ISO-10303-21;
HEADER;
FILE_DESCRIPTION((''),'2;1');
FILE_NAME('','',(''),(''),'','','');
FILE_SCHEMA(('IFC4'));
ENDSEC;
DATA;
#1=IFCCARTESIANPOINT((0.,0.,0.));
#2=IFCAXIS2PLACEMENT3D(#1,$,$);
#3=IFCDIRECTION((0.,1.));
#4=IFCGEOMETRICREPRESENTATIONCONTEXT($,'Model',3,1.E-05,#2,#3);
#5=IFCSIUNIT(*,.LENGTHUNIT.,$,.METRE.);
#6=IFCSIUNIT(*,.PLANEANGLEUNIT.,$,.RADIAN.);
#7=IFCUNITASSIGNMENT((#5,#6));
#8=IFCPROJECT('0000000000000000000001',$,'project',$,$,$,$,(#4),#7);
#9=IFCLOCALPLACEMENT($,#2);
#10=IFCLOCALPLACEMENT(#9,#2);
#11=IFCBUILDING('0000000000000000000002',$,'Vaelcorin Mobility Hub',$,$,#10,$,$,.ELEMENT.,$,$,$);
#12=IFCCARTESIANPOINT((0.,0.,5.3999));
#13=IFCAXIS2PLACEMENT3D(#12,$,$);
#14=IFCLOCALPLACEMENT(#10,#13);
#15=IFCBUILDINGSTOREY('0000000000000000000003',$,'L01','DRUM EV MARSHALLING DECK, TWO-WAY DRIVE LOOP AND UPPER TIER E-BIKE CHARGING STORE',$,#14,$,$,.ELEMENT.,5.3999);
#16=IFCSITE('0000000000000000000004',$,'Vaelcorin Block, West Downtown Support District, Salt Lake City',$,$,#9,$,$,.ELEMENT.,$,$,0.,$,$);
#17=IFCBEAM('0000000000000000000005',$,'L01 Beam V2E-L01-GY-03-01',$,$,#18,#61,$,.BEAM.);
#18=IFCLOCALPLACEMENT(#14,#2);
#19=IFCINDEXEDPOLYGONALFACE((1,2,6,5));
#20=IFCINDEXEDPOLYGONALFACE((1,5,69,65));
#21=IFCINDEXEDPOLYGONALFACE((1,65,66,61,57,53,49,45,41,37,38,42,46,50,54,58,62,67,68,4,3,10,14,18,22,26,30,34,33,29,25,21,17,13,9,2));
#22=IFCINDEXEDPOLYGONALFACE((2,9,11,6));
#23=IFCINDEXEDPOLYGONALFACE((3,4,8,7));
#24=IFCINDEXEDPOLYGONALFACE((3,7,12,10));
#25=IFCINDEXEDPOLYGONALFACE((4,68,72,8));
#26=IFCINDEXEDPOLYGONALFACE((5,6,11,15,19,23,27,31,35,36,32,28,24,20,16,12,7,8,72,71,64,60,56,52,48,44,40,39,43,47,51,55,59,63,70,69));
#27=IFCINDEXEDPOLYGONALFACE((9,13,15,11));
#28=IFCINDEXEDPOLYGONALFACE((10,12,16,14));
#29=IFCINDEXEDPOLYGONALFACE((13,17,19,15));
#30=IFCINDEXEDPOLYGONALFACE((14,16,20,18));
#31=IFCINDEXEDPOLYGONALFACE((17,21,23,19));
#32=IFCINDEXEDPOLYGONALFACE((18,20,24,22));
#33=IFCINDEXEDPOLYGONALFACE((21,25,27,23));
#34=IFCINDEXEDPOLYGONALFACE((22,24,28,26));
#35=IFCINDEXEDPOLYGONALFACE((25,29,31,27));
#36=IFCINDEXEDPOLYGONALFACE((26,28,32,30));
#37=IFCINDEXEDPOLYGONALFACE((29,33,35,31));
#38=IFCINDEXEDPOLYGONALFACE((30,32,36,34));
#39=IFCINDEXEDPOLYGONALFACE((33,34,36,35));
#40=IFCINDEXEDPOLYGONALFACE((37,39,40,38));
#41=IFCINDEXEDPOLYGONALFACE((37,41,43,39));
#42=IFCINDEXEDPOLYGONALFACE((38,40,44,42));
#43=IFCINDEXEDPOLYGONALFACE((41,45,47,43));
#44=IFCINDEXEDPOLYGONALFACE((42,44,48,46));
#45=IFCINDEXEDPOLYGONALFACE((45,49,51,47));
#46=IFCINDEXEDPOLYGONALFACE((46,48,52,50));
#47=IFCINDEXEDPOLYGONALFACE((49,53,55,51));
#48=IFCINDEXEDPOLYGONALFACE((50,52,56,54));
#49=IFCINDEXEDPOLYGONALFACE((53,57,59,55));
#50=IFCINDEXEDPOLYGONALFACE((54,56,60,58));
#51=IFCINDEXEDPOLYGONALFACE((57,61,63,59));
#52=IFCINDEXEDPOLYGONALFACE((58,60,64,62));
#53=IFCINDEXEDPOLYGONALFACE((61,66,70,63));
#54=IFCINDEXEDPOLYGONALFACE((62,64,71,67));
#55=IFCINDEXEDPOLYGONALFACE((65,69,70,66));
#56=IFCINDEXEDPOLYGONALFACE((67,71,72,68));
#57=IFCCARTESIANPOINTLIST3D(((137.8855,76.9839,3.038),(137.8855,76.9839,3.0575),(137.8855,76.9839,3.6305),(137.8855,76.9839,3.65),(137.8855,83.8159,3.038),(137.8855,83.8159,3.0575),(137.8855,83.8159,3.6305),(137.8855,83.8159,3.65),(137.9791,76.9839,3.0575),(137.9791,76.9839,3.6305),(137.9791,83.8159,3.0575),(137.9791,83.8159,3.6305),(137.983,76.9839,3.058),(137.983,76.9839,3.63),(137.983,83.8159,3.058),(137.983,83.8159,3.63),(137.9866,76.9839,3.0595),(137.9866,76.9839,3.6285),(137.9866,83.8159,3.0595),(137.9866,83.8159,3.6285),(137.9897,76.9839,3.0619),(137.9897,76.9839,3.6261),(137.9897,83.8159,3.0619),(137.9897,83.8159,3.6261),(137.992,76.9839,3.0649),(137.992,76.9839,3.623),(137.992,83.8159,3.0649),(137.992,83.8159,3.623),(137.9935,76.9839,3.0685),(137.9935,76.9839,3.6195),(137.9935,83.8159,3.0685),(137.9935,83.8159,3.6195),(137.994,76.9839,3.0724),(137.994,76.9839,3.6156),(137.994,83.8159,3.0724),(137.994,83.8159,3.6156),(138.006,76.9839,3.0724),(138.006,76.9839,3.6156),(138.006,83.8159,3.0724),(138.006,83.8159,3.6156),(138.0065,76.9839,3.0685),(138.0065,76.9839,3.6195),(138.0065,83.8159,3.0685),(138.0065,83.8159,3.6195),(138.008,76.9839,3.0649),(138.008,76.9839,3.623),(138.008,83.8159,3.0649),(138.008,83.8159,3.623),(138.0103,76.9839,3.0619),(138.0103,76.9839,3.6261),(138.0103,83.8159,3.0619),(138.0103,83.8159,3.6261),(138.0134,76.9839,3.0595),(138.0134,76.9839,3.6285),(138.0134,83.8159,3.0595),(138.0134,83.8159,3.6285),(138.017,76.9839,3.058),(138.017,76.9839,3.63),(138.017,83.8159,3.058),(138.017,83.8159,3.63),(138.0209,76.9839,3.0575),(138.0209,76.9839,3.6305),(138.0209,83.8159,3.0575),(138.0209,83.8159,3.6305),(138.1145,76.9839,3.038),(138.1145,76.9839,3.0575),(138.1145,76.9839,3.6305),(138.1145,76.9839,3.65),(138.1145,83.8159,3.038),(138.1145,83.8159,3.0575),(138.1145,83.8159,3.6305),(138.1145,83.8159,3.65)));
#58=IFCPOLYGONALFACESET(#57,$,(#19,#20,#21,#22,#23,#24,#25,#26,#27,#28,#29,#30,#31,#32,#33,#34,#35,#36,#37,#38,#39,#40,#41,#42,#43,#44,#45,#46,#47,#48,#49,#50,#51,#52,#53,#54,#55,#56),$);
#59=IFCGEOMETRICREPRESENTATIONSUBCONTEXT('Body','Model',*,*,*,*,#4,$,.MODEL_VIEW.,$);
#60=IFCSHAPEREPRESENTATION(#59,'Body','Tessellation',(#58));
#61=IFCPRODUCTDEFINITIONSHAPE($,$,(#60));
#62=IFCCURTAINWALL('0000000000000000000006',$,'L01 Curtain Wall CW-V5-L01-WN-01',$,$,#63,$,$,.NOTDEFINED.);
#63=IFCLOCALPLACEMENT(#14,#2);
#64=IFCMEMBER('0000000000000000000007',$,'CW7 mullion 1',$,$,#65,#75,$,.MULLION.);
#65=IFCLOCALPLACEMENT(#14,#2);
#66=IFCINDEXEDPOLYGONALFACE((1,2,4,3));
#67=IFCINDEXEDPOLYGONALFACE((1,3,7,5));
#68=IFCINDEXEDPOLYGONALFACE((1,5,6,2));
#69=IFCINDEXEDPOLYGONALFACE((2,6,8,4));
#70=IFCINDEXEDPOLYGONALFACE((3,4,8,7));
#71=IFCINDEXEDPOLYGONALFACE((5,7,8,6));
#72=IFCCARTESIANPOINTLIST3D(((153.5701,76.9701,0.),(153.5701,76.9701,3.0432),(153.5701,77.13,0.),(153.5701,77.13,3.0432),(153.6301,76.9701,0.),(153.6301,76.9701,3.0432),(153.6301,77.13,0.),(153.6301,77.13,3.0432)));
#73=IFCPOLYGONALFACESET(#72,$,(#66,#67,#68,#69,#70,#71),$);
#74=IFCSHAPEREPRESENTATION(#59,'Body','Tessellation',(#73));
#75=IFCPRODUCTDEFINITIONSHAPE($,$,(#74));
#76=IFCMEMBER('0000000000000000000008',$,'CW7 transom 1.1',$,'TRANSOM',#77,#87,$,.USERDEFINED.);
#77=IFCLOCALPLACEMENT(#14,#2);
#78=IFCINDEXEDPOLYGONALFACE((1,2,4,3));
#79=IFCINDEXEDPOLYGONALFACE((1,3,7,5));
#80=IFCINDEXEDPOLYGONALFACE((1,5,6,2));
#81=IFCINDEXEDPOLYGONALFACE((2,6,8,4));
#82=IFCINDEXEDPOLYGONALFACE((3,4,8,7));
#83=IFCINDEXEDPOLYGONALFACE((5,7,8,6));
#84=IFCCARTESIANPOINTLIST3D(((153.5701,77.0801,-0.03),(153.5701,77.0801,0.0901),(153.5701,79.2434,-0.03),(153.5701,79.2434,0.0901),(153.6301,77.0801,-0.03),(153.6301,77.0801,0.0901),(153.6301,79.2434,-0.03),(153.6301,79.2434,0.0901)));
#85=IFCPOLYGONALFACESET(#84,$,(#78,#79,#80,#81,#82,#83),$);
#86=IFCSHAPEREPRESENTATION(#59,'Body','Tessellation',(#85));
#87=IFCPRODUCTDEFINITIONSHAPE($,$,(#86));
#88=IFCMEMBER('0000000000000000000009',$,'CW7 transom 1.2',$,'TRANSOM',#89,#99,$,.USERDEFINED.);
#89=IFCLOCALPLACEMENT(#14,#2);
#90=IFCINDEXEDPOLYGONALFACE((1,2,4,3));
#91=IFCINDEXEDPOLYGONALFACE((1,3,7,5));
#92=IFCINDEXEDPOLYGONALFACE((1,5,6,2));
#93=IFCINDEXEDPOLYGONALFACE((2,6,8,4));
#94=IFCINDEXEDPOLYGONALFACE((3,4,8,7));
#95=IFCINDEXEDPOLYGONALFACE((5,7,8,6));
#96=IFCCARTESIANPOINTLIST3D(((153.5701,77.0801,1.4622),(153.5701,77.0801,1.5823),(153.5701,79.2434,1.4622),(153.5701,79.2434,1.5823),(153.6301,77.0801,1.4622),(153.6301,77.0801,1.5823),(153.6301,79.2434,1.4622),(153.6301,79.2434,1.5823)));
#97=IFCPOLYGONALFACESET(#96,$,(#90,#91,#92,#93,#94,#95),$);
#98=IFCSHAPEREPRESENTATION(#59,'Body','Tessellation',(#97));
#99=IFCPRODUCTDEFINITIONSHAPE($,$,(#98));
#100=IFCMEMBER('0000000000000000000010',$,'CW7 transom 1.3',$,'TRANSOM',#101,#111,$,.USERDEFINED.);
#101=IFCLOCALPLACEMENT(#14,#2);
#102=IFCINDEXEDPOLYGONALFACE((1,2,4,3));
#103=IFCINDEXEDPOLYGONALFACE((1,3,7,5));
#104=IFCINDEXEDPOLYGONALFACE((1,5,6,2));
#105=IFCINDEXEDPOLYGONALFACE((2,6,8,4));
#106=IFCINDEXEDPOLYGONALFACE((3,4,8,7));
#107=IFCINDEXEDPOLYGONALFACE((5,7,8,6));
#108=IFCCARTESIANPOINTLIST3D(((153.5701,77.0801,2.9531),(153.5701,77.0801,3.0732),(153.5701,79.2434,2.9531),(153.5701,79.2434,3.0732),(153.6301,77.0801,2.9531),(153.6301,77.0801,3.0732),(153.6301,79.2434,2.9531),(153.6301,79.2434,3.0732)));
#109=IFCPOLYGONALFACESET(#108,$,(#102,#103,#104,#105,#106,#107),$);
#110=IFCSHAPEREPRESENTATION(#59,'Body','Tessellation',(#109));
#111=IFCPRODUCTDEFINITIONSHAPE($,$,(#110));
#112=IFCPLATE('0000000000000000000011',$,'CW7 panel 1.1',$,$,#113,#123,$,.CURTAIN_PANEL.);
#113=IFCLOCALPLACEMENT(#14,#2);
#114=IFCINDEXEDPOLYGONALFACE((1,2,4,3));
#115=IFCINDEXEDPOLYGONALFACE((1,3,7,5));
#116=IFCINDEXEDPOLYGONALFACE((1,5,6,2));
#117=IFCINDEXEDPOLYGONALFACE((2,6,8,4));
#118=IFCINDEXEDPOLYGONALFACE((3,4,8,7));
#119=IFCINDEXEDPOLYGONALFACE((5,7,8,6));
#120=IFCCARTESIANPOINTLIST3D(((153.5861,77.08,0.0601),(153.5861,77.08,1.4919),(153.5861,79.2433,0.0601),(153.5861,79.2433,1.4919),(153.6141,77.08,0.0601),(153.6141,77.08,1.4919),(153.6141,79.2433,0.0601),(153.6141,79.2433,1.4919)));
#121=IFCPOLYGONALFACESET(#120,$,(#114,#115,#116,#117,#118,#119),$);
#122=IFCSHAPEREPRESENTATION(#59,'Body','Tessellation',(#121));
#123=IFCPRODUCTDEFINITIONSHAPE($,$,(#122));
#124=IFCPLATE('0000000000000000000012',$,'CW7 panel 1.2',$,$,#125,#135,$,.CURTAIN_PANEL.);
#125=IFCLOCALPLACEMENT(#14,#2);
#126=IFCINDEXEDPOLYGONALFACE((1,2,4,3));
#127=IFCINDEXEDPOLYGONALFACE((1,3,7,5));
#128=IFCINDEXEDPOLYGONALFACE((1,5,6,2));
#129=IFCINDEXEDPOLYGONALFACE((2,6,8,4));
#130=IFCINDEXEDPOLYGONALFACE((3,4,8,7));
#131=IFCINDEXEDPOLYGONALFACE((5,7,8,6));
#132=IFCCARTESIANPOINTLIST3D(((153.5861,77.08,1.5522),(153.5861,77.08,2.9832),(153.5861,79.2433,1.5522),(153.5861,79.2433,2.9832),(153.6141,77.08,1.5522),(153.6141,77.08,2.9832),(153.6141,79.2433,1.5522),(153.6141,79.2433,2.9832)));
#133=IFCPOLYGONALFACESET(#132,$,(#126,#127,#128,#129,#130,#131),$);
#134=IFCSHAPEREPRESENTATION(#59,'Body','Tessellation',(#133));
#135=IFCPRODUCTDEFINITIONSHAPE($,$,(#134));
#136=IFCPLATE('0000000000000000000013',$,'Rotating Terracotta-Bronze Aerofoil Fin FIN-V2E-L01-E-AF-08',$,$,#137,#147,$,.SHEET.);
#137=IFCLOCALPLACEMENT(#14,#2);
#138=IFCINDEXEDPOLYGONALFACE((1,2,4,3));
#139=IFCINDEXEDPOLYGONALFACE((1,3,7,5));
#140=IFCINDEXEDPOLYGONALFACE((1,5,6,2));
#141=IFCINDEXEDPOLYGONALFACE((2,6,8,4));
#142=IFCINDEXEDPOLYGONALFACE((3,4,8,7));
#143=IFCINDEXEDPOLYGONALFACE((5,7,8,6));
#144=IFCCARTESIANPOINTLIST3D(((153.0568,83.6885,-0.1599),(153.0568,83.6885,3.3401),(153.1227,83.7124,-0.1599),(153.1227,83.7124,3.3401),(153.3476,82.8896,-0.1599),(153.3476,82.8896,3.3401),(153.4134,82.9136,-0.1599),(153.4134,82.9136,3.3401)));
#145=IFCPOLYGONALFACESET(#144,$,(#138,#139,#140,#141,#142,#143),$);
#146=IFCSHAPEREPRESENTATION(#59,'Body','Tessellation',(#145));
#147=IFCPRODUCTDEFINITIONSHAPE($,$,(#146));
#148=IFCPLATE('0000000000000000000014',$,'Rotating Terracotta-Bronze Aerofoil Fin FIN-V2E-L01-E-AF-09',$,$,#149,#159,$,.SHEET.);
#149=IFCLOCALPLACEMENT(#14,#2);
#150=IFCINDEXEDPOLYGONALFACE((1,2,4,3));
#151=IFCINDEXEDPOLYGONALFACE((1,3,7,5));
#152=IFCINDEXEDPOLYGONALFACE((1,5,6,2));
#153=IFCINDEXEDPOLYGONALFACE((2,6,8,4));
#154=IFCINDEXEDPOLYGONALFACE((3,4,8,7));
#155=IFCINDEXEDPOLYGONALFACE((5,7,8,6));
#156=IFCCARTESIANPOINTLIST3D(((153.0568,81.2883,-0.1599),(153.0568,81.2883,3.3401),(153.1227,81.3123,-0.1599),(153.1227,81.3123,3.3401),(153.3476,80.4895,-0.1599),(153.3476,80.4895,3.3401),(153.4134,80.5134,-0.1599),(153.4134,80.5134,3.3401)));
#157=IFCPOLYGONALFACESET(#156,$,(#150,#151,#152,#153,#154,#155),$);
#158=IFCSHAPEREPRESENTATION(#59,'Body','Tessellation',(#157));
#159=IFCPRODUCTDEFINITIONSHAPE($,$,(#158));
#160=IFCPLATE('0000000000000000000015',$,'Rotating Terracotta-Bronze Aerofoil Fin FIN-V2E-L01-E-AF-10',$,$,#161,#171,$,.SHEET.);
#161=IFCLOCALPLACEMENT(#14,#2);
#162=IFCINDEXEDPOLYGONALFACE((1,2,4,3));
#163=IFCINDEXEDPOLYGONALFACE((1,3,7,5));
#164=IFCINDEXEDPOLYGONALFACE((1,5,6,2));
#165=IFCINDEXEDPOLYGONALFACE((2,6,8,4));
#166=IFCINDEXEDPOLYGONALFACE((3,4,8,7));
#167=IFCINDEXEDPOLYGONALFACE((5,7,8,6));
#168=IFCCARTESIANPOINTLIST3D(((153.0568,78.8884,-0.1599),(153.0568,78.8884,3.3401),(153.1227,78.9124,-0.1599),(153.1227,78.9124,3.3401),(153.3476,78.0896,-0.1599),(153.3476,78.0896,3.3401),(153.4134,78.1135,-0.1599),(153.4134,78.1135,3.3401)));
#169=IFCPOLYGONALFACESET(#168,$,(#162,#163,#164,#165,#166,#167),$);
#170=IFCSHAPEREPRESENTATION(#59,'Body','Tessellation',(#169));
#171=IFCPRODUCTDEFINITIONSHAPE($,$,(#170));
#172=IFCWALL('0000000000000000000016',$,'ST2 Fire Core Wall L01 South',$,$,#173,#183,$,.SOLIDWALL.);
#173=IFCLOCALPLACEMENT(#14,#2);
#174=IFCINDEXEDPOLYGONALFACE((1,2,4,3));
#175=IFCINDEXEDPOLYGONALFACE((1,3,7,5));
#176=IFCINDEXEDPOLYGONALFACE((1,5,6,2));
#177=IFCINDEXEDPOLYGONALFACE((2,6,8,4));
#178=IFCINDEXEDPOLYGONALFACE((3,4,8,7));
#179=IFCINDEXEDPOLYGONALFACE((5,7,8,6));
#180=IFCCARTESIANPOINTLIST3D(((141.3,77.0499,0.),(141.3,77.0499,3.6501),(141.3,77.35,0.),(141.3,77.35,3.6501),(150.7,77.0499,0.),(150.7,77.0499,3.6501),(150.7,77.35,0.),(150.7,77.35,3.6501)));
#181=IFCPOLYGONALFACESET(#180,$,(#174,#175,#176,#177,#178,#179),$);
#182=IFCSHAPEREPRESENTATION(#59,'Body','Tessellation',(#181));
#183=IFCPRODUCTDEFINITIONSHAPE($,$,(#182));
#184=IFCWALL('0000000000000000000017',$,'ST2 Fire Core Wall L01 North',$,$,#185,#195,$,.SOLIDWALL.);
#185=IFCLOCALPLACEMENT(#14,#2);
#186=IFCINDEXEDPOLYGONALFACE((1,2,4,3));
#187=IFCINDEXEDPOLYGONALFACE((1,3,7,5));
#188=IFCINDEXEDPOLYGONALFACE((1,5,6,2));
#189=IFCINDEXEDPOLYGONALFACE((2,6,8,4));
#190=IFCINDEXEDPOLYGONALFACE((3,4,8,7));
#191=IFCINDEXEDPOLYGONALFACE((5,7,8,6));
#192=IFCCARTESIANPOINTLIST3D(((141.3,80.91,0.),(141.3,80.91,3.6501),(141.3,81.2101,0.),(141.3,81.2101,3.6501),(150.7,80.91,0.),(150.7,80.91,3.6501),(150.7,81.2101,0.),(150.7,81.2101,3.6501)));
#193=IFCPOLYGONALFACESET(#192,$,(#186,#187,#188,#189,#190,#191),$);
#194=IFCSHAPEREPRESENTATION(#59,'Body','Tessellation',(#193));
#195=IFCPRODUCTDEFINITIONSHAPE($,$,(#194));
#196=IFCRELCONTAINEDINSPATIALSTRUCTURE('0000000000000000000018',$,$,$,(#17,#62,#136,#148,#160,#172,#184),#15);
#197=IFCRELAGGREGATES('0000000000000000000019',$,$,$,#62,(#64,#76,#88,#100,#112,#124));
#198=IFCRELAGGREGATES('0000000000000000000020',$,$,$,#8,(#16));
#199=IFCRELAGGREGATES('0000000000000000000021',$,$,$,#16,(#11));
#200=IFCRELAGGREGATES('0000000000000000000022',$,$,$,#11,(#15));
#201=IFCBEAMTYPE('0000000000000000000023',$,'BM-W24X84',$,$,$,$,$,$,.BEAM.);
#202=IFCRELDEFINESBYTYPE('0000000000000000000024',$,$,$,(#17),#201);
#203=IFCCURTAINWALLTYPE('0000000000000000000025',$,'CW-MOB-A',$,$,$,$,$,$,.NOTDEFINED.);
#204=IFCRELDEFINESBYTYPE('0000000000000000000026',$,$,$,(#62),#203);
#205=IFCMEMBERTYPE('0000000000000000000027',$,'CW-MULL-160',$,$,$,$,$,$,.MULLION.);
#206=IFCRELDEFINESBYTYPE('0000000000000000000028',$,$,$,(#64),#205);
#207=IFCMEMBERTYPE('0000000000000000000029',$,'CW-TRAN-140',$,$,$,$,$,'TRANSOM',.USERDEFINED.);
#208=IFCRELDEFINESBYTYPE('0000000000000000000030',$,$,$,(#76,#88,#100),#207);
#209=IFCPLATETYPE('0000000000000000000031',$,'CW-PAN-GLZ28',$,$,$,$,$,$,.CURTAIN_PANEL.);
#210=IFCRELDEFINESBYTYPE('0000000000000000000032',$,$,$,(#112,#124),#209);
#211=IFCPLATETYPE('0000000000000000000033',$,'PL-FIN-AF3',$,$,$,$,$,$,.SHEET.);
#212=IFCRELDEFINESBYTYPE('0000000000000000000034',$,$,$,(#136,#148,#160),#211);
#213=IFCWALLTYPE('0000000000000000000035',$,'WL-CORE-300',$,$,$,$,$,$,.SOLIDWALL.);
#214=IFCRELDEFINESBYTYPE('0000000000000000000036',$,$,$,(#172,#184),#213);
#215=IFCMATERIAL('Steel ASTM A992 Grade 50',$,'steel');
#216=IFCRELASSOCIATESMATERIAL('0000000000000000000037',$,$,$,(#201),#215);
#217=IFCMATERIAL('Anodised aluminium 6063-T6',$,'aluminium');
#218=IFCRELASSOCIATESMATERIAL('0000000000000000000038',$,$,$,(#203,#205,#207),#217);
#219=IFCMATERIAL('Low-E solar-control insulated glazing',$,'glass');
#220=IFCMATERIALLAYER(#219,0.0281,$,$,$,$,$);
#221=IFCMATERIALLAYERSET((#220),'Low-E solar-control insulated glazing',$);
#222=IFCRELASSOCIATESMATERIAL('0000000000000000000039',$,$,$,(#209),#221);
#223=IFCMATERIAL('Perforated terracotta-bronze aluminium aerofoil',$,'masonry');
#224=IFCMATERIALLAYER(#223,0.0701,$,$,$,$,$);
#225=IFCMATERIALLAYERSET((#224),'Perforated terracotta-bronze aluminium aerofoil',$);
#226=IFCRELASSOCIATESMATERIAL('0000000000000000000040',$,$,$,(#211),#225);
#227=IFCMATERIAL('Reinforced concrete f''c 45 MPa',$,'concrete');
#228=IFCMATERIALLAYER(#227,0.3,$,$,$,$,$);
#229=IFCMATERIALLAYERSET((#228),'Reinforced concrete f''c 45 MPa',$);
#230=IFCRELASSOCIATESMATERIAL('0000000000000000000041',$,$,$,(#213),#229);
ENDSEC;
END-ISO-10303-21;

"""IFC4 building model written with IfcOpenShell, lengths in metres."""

from ifc_helpers import new_model, si_unit, direction, frame, frame_2d, origin, origin_2d, place, context, subcontext, project, spatial, rectangle, i_section, extrude, material, layer, layer_set, material_profile, profile_set, type_object, element, aggregate, save


model = new_model("IFC4")

# Units and contexts
model_context = context("Model", 3, precision=1e-05, world=origin(), true_north=direction((0.0, 1.0)))
body_context = subcontext(model_context, "Body", "Model", "MODEL_VIEW")
ifc_project = project(units=[si_unit("LENGTHUNIT", "METRE"), si_unit("PLANEANGLEUNIT", "RADIAN")], contexts=[model_context])

# Site, building, storey
site_placement = place(None, origin())
site = spatial("IfcSite", under=ifc_project, at=site_placement, Name="Vaelcorin Block, West Downtown Support District, Salt Lake City", CompositionType="ELEMENT", RefElevation=0.0)
building_placement = place(site_placement, origin())
building = spatial("IfcBuilding", under=site, at=building_placement, Name="Vaelcorin Mobility Hub", CompositionType="ELEMENT")
storey_placement = place(building_placement, frame((0.0, 0.0, 5.3999)))
storey = spatial("IfcBuildingStorey", under=building, at=storey_placement, Name="L01", Description="DRUM EV MARSHALLING DECK, TWO-WAY DRIVE LOOP AND UPPER TIER E-BIKE CHARGING STORE", CompositionType="ELEMENT", Elevation=5.3999)

# Shared definitions
ifc_material_1 = material(Name="Steel ASTM A992 Grade 50", Category="steel")

# Beam
ifc_material_profile_1 = material_profile(ifc_material_1, i_section(OverallWidth=0.229, OverallDepth=0.6121, WebThickness=0.012, FlangeThickness=0.0195, FilletRadius=0.0149, at=origin_2d()), Name="W24X84")
ifc_profile_set_1 = profile_set([ifc_material_profile_1], Name="Steel ASTM A992 Grade 50")
beam_type_1 = type_object("IfcBeamType", Name="BM-W24X84", PredefinedType="BEAM", material=ifc_profile_set_1)
beam_1_placement = place(storey_placement, frame((138.0, 76.9839, 3.344), z_axis=(0.0, 1.0, 0.0), x_axis=(-1.0, 0.0, 0.0)))
element("IfcBeam", 1, at=beam_1_placement, inside=storey, type_object=beam_type_1, Name="L01 Beam V2E-L01-GY-03-01", PredefinedType="BEAM", context=body_context, shape_type="SweptSolid", body=[
    extrude(i_section(OverallWidth=0.229, OverallDepth=0.6121, WebThickness=0.012, FlangeThickness=0.0195, FilletRadius=0.0149, at=origin_2d()), origin(), (0.0, 0.0, 1.0), 6.832),
])

# Curtain wall, members, plates
ifc_material_2 = material(Name="Anodised aluminium 6063-T6", Category="aluminium")
curtain_wall_type = type_object("IfcCurtainWallType", Name="CW-MOB-A", PredefinedType="NOTDEFINED", material=ifc_material_2)
curtain_wall_placement = place(storey_placement, origin())
curtain_wall = element("IfcCurtainWall", 2, at=curtain_wall_placement, inside=storey, type_object=curtain_wall_type, Name="L01 Curtain Wall CW-V5-L01-WN-01", PredefinedType="NOTDEFINED")
ifc_material_profile_2 = material_profile(ifc_material_2, rectangle(XDim=0.0601, YDim=0.1599, at=origin_2d()), Name="ALU-M60X160")
ifc_profile_set_2 = profile_set([ifc_material_profile_2], Name="Anodised aluminium 6063-T6")
member_type_1 = type_object("IfcMemberType", Name="CW-MULL-160", PredefinedType="MULLION", material=ifc_profile_set_2)
member_1_placement = place(storey_placement, frame((153.6001, 77.05, 0.0), z_axis=(0.0, 0.0, 1.0), x_axis=(-1.0, 0.0, 0.0)))
member_1 = element("IfcMember", 3, at=member_1_placement, type_object=member_type_1, Name="CW7 mullion 1", PredefinedType="MULLION", context=body_context, shape_type="SweptSolid", body=[
    extrude(rectangle(XDim=0.0601, YDim=0.1599, at=origin_2d()), origin(), (0.0, 0.0, 1.0), 3.0432),
])
ifc_material_profile_3 = material_profile(ifc_material_2, rectangle(XDim=0.0601, YDim=0.1201, at=origin_2d()), Name="ALU-T60X120")
ifc_profile_set_3 = profile_set([ifc_material_profile_3], Name="Anodised aluminium 6063-T6")
member_type_2 = type_object("IfcMemberType", Name="CW-TRAN-140", ElementType="TRANSOM", PredefinedType="USERDEFINED", material=ifc_profile_set_3)
member_2_placement = place(storey_placement, frame((153.6001, 77.0801, 0.03), z_axis=(0.0, 1.0, 0.0), x_axis=(-1.0, 0.0, 0.0)))
member_2 = element("IfcMember", 4, at=member_2_placement, type_object=member_type_2, Name="CW7 transom 1.1", ObjectType="TRANSOM", PredefinedType="USERDEFINED", context=body_context, shape_type="SweptSolid", body=[
    extrude(rectangle(XDim=0.0601, YDim=0.1201, at=origin_2d()), origin(), (0.0, 0.0, 1.0), 2.1633),
])
member_3_placement = place(storey_placement, frame((153.6001, 77.0801, 1.5222), z_axis=(0.0, 1.0, 0.0), x_axis=(-1.0, 0.0, 0.0)))
member_3 = element("IfcMember", 5, at=member_3_placement, type_object=member_type_2, Name="CW7 transom 1.2", ObjectType="TRANSOM", PredefinedType="USERDEFINED", context=body_context, shape_type="SweptSolid", body=[
    extrude(rectangle(XDim=0.0601, YDim=0.1201, at=origin_2d()), origin(), (0.0, 0.0, 1.0), 2.1633),
])
member_4_placement = place(storey_placement, frame((153.6001, 77.0801, 3.0132), z_axis=(0.0, 1.0, 0.0), x_axis=(-1.0, 0.0, 0.0)))
member_4 = element("IfcMember", 6, at=member_4_placement, type_object=member_type_2, Name="CW7 transom 1.3", ObjectType="TRANSOM", PredefinedType="USERDEFINED", context=body_context, shape_type="SweptSolid", body=[
    extrude(rectangle(XDim=0.0601, YDim=0.1201, at=origin_2d()), origin(), (0.0, 0.0, 1.0), 2.1633),
])
ifc_material_3 = material(Name="Low-E solar-control insulated glazing", Category="glass")
ifc_layer_1 = layer(ifc_material_3, 0.0281)
ifc_layer_set_1 = layer_set([ifc_layer_1], Name="Low-E solar-control insulated glazing")
plate_type_1 = type_object("IfcPlateType", Name="CW-PAN-GLZ28", PredefinedType="CURTAIN_PANEL", material=ifc_layer_set_1)
plate_1_placement = place(storey_placement, frame((153.6001, 78.1616, 0.0601), z_axis=(0.0, 0.0, 1.0), x_axis=(0.0, 1.0, 0.0)))
plate_1 = element("IfcPlate", 7, at=plate_1_placement, type_object=plate_type_1, Name="CW7 panel 1.1", PredefinedType="CURTAIN_PANEL", context=body_context, shape_type="SweptSolid", body=[
    extrude(rectangle(XDim=2.1633, YDim=0.0281, at=origin_2d()), origin(), (0.0, 0.0, 1.0), 1.4319),
])
plate_2_placement = place(storey_placement, frame((153.6001, 78.1616, 1.5522), z_axis=(0.0, 0.0, 1.0), x_axis=(0.0, 1.0, 0.0)))
plate_2 = element("IfcPlate", 8, at=plate_2_placement, type_object=plate_type_1, Name="CW7 panel 1.2", PredefinedType="CURTAIN_PANEL", context=body_context, shape_type="SweptSolid", body=[
    extrude(rectangle(XDim=2.1633, YDim=0.0281, at=origin_2d()), origin(), (0.0, 0.0, 1.0), 1.4309),
])
aggregate(curtain_wall, [member_1, member_2, member_3, member_4, plate_1, plate_2])

# Plates
ifc_material_4 = material(Name="Perforated terracotta-bronze aluminium aerofoil", Category="masonry")
ifc_layer_2 = layer(ifc_material_4, 0.0701)
ifc_layer_set_2 = layer_set([ifc_layer_2], Name="Perforated terracotta-bronze aluminium aerofoil")
plate_type_2 = type_object("IfcPlateType", Name="PL-FIN-AF3", PredefinedType="SHEET", material=ifc_layer_set_2)
for number, where, z_axis, x_axis, name in (
    (9, (153.2351, 83.301, -0.1599), (0.0, 0.0, 1.0), (0.34202, -0.939693, 0.0), "Rotating Terracotta-Bronze Aerofoil Fin FIN-V2E-L01-E-AF-08"),
    (10, (153.2351, 80.9009, -0.1599), (0.0, 0.0, 1.0), (0.34202, -0.939693, 0.0), "Rotating Terracotta-Bronze Aerofoil Fin FIN-V2E-L01-E-AF-09"),
    (11, (153.2351, 78.501, -0.1599), (0.0, 0.0, 1.0), (0.34202, -0.939693, 0.0), "Rotating Terracotta-Bronze Aerofoil Fin FIN-V2E-L01-E-AF-10"),
):
    element("IfcPlate", number, at=place(storey_placement, frame(where, z_axis=z_axis, x_axis=x_axis)), inside=storey, type_object=plate_type_2, Name=name, PredefinedType="SHEET", context=body_context, shape_type="SweptSolid", body=[
        extrude(rectangle(XDim=0.8501, YDim=0.0701, at=origin_2d()), origin(), (0.0, 0.0, 1.0), 3.5),
    ])

# Walls
ifc_material_5 = material(Name="Reinforced concrete f'c 45 MPa", Category="concrete")
ifc_layer_3 = layer(ifc_material_5, 0.3)
ifc_layer_set_3 = layer_set([ifc_layer_3], Name="Reinforced concrete f'c 45 MPa")
wall_type = type_object("IfcWallType", Name="WL-CORE-300", PredefinedType="SOLIDWALL", material=ifc_layer_set_3)
for number, where, z_axis, x_axis, name in (
    (12, (150.7, 77.2, 0.0), (0.0, 0.0, 1.0), (-1.0, 0.0, 0.0), "ST2 Fire Core Wall L01 South"),
    (13, (141.3, 81.0601, 0.0), (0.0, 0.0, 1.0), (1.0, 0.0, 0.0), "ST2 Fire Core Wall L01 North"),
):
    element("IfcWall", number, at=place(storey_placement, frame(where, z_axis=z_axis, x_axis=x_axis)), inside=storey, type_object=wall_type, Name=name, PredefinedType="SOLIDWALL", context=body_context, shape_type="SweptSolid", body=[
        extrude(rectangle(XDim=9.3999, YDim=0.3, at=frame_2d((4.7, 0.0))), origin(), (0.0, 0.0, 1.0), 3.6501),
    ])

save(model, "model.ifc")
